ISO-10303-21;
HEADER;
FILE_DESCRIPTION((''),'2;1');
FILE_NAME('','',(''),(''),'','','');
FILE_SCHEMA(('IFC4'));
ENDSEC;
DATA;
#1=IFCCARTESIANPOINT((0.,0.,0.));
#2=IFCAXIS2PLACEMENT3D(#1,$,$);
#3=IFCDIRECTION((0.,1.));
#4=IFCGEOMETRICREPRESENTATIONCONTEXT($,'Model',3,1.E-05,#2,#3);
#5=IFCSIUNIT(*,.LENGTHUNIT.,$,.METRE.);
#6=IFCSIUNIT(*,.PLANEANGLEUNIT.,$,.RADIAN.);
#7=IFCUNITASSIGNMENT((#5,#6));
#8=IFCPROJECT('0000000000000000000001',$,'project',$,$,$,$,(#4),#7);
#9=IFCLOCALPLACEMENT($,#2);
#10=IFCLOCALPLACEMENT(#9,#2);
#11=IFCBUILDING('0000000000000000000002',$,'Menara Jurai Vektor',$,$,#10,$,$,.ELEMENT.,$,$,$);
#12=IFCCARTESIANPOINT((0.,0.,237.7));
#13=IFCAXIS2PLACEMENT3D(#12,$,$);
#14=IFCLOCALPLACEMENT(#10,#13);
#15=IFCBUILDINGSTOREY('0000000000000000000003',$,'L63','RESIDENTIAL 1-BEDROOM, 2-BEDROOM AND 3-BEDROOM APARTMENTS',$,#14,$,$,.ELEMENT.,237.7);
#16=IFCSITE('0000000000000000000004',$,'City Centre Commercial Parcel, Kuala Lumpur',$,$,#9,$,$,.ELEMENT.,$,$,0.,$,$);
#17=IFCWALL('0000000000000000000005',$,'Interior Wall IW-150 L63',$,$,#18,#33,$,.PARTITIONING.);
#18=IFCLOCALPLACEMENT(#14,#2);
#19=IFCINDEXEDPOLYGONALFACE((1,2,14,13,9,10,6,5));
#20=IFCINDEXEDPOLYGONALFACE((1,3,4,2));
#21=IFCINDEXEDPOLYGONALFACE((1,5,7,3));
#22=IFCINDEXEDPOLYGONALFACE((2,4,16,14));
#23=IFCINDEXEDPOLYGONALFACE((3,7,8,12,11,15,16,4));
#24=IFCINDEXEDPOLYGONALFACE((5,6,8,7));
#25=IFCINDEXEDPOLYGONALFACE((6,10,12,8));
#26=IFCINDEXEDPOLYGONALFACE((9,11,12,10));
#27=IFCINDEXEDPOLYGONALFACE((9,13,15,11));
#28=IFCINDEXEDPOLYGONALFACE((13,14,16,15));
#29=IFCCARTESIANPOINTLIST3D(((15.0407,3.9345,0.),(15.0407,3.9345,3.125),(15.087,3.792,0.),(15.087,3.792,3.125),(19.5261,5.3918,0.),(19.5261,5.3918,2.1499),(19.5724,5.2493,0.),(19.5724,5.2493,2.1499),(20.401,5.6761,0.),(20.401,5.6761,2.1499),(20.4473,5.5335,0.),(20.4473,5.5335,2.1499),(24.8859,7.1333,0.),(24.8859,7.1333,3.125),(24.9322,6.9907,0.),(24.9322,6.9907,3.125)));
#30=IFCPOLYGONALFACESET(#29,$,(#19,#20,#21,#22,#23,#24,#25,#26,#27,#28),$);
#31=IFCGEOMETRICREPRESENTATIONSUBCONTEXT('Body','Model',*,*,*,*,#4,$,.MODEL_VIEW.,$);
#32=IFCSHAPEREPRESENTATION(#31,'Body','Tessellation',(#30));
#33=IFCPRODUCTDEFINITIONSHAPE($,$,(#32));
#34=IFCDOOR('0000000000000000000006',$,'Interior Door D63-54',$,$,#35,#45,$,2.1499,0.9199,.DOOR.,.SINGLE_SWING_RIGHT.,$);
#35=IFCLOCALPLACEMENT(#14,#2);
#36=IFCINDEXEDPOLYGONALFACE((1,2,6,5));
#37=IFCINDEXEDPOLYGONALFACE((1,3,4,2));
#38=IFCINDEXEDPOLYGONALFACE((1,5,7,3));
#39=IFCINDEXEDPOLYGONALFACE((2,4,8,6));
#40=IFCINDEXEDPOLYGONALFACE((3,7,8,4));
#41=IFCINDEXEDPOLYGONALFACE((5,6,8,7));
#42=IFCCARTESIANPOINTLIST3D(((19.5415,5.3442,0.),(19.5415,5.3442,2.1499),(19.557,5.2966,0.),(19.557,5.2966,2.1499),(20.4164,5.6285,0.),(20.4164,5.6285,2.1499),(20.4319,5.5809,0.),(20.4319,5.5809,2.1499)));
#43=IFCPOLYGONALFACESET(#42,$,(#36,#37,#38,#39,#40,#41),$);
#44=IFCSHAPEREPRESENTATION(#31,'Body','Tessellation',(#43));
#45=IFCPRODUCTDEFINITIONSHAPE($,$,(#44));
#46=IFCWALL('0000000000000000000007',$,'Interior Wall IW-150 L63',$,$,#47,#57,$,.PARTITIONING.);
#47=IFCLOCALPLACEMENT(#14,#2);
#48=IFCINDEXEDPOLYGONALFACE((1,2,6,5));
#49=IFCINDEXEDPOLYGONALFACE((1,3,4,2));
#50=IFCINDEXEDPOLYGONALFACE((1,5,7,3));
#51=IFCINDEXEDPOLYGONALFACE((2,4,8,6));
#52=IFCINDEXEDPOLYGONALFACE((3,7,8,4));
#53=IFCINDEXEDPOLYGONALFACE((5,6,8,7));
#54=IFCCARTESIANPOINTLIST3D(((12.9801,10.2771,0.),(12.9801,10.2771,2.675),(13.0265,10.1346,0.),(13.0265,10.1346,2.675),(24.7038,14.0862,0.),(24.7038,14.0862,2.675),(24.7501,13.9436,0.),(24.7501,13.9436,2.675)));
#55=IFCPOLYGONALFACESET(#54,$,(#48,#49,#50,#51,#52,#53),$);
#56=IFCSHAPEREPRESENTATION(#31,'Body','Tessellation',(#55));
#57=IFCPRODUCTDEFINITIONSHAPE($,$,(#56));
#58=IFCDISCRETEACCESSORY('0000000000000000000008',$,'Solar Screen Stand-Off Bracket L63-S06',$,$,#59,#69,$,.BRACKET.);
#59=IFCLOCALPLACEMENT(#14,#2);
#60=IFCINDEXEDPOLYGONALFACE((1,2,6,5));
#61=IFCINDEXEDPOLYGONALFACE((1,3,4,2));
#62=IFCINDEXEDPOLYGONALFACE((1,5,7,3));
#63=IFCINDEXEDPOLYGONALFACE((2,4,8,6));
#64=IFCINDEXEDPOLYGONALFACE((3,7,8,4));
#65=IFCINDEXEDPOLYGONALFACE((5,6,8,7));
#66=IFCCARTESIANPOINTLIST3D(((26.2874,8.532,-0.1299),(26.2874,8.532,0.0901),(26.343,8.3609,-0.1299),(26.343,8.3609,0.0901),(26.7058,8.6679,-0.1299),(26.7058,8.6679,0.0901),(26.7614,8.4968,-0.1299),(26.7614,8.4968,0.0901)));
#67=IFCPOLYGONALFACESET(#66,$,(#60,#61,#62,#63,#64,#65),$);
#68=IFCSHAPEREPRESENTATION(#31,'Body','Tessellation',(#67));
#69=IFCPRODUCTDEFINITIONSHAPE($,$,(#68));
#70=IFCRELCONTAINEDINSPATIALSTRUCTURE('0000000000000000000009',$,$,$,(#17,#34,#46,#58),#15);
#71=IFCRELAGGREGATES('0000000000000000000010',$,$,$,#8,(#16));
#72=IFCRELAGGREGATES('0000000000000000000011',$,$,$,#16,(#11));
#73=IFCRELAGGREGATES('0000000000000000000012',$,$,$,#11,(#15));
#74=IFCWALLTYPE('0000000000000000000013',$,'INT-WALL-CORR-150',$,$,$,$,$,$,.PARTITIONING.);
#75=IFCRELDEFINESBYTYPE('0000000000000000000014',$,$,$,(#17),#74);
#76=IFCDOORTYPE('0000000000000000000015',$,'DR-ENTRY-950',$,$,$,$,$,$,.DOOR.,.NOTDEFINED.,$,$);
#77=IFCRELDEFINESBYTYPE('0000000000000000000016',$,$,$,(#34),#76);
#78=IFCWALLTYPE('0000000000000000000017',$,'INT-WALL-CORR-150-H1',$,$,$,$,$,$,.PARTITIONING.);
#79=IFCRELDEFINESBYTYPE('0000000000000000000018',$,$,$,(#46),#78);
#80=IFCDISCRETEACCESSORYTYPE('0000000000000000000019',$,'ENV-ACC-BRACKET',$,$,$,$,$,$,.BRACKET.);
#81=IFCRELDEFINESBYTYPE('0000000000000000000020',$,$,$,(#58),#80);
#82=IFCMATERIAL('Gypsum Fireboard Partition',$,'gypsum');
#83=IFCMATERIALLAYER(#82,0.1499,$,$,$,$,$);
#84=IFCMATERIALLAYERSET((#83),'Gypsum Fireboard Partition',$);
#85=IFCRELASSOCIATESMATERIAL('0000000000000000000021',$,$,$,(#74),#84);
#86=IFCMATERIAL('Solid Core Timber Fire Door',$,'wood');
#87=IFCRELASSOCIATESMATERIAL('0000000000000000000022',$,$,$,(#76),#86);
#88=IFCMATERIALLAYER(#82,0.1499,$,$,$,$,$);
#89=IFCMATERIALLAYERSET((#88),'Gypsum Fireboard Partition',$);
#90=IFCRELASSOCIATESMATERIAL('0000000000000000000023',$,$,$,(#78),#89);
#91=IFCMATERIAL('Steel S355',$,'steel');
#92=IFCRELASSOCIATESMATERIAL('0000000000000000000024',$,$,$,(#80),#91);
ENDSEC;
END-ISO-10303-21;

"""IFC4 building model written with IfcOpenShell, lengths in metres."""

from ifc_helpers import new_model, si_unit, direction, frame, frame_2d, origin, origin_2d, place, context, subcontext, project, spatial, rectangle, extrude, material, layer, layer_set, type_object, element, fill, save


model = new_model("IFC4")

# Units and contexts
model_context = context("Model", 3, precision=1e-05, world=origin(), true_north=direction((0.0, 1.0)))
body_context = subcontext(model_context, "Body", "Model", "MODEL_VIEW")
ifc_project = project(units=[si_unit("LENGTHUNIT", "METRE"), si_unit("PLANEANGLEUNIT", "RADIAN")], contexts=[model_context])

# Site, building, storey
site_placement = place(None, origin())
site = spatial("IfcSite", under=ifc_project, at=site_placement, Name="City Centre Commercial Parcel, Kuala Lumpur", CompositionType="ELEMENT", RefElevation=0.0)
building_placement = place(site_placement, origin())
building = spatial("IfcBuilding", under=site, at=building_placement, Name="Menara Jurai Vektor", CompositionType="ELEMENT")
storey_placement = place(building_placement, frame((0.0, 0.0, 237.7)))
storey = spatial("IfcBuildingStorey", under=building, at=storey_placement, Name="L63", Description="RESIDENTIAL 1-BEDROOM, 2-BEDROOM AND 3-BEDROOM APARTMENTS", CompositionType="ELEMENT", Elevation=237.7)

# Shared definitions
ifc_material_1 = material(Name="Steel S355", Category="steel")

# Shared definitions
ifc_material_2 = material(Name="Gypsum Fireboard Partition", Category="gypsum")
ifc_layer_1 = layer(ifc_material_2, 0.1499)
ifc_layer_set_1 = layer_set([ifc_layer_1], Name="Gypsum Fireboard Partition")
wall_type_1 = type_object("IfcWallType", Name="INT-WALL-CORR-150", PredefinedType="PARTITIONING", material=ifc_layer_set_1)

# Wall, opening, door
wall_1_placement = place(storey_placement, frame((15.064, 3.8633, 0.0), z_axis=(0.0, 0.0, 1.0), x_axis=(0.951061, 0.309002, 0.0)))
wall_1 = element("IfcWall", 1, at=wall_1_placement, inside=storey, type_object=wall_type_1, Name="Interior Wall IW-150 L63", PredefinedType="PARTITIONING", context=body_context, shape_type="SweptSolid", body=[
    extrude(rectangle(XDim=10.3518, YDim=0.1499, at=frame_2d((5.1758, 0.0))), origin(), (0.0, 0.0, 1.0), 3.125),
])
opening_placement = place(wall_1_placement, frame((4.7161, 0.0, 0.0)))
opening = element("IfcOpeningElement", 2, at=opening_placement, cuts=wall_1, PredefinedType="OPENING", context=body_context, shape_type="SweptSolid", body=[
    extrude(rectangle(XDim=0.9199, YDim=2.1499, at=frame_2d((0.46, 1.075))), frame((0.0, 0.085, 0.0), z_axis=(0.0, -1.0, 0.0), x_axis=(1.0, 0.0, 0.0)), (0.0, 0.0, 1.0), 0.1699),
])
ifc_material_3 = material(Name="Solid Core Timber Fire Door", Category="wood")
door_type = type_object("IfcDoorType", Name="DR-ENTRY-950", OperationType="NOTDEFINED", PredefinedType="DOOR", material=ifc_material_3)
door_placement = place(opening_placement, origin())
door = element("IfcDoor", 3, at=door_placement, inside=storey, type_object=door_type, Name="Interior Door D63-54", OperationType="SINGLE_SWING_RIGHT", OverallHeight=2.1499, OverallWidth=0.9199, PredefinedType="DOOR", context=body_context, shape_type="SweptSolid", body=[
    extrude(rectangle(XDim=0.9199, YDim=2.1499, at=frame_2d((0.46, 1.075))), frame((0.0, 0.0249, 0.0), z_axis=(0.0, -1.0, 0.0), x_axis=(1.0, 0.0, 0.0)), (0.0, 0.0, 1.0), 0.05),
])
fill(opening, door)

# Wall
ifc_layer_2 = layer(ifc_material_2, 0.1499)
ifc_layer_set_2 = layer_set([ifc_layer_2], Name="Gypsum Fireboard Partition")
wall_type_2 = type_object("IfcWallType", Name="INT-WALL-CORR-150-H1", PredefinedType="PARTITIONING", material=ifc_layer_set_2)
wall_2_placement = place(storey_placement, frame((13.0032, 10.2058, 0.0), z_axis=(0.0, 0.0, 1.0), x_axis=(0.95106, 0.309005, 0.0)))
element("IfcWall", 4, at=wall_2_placement, inside=storey, type_object=wall_type_2, Name="Interior Wall IW-150 L63", PredefinedType="PARTITIONING", context=body_context, shape_type="SweptSolid", body=[
    extrude(rectangle(XDim=12.3269, YDim=0.1499, at=frame_2d((6.1636, 0.0))), origin(), (0.0, 0.0, 1.0), 2.675),
])

# Discrete accessory
discrete_accessory_type = type_object("IfcDiscreteAccessoryType", Name="ENV-ACC-BRACKET", PredefinedType="BRACKET", material=ifc_material_1)
discrete_accessory_placement = place(storey_placement, frame((26.5244, 8.5144, -0.1299), z_axis=(0.0, 0.0, 1.0), x_axis=(-0.309017, 0.951057, 0.0)))
element("IfcDiscreteAccessory", 5, at=discrete_accessory_placement, inside=storey, type_object=discrete_accessory_type, Name="Solar Screen Stand-Off Bracket L63-S06", PredefinedType="BRACKET", context=body_context, shape_type="SweptSolid", body=[
    extrude(rectangle(XDim=0.1799, YDim=0.4399, at=origin_2d()), origin(), (0.0, 0.0, 1.0), 0.22),
])

save(model, "model.ifc")
